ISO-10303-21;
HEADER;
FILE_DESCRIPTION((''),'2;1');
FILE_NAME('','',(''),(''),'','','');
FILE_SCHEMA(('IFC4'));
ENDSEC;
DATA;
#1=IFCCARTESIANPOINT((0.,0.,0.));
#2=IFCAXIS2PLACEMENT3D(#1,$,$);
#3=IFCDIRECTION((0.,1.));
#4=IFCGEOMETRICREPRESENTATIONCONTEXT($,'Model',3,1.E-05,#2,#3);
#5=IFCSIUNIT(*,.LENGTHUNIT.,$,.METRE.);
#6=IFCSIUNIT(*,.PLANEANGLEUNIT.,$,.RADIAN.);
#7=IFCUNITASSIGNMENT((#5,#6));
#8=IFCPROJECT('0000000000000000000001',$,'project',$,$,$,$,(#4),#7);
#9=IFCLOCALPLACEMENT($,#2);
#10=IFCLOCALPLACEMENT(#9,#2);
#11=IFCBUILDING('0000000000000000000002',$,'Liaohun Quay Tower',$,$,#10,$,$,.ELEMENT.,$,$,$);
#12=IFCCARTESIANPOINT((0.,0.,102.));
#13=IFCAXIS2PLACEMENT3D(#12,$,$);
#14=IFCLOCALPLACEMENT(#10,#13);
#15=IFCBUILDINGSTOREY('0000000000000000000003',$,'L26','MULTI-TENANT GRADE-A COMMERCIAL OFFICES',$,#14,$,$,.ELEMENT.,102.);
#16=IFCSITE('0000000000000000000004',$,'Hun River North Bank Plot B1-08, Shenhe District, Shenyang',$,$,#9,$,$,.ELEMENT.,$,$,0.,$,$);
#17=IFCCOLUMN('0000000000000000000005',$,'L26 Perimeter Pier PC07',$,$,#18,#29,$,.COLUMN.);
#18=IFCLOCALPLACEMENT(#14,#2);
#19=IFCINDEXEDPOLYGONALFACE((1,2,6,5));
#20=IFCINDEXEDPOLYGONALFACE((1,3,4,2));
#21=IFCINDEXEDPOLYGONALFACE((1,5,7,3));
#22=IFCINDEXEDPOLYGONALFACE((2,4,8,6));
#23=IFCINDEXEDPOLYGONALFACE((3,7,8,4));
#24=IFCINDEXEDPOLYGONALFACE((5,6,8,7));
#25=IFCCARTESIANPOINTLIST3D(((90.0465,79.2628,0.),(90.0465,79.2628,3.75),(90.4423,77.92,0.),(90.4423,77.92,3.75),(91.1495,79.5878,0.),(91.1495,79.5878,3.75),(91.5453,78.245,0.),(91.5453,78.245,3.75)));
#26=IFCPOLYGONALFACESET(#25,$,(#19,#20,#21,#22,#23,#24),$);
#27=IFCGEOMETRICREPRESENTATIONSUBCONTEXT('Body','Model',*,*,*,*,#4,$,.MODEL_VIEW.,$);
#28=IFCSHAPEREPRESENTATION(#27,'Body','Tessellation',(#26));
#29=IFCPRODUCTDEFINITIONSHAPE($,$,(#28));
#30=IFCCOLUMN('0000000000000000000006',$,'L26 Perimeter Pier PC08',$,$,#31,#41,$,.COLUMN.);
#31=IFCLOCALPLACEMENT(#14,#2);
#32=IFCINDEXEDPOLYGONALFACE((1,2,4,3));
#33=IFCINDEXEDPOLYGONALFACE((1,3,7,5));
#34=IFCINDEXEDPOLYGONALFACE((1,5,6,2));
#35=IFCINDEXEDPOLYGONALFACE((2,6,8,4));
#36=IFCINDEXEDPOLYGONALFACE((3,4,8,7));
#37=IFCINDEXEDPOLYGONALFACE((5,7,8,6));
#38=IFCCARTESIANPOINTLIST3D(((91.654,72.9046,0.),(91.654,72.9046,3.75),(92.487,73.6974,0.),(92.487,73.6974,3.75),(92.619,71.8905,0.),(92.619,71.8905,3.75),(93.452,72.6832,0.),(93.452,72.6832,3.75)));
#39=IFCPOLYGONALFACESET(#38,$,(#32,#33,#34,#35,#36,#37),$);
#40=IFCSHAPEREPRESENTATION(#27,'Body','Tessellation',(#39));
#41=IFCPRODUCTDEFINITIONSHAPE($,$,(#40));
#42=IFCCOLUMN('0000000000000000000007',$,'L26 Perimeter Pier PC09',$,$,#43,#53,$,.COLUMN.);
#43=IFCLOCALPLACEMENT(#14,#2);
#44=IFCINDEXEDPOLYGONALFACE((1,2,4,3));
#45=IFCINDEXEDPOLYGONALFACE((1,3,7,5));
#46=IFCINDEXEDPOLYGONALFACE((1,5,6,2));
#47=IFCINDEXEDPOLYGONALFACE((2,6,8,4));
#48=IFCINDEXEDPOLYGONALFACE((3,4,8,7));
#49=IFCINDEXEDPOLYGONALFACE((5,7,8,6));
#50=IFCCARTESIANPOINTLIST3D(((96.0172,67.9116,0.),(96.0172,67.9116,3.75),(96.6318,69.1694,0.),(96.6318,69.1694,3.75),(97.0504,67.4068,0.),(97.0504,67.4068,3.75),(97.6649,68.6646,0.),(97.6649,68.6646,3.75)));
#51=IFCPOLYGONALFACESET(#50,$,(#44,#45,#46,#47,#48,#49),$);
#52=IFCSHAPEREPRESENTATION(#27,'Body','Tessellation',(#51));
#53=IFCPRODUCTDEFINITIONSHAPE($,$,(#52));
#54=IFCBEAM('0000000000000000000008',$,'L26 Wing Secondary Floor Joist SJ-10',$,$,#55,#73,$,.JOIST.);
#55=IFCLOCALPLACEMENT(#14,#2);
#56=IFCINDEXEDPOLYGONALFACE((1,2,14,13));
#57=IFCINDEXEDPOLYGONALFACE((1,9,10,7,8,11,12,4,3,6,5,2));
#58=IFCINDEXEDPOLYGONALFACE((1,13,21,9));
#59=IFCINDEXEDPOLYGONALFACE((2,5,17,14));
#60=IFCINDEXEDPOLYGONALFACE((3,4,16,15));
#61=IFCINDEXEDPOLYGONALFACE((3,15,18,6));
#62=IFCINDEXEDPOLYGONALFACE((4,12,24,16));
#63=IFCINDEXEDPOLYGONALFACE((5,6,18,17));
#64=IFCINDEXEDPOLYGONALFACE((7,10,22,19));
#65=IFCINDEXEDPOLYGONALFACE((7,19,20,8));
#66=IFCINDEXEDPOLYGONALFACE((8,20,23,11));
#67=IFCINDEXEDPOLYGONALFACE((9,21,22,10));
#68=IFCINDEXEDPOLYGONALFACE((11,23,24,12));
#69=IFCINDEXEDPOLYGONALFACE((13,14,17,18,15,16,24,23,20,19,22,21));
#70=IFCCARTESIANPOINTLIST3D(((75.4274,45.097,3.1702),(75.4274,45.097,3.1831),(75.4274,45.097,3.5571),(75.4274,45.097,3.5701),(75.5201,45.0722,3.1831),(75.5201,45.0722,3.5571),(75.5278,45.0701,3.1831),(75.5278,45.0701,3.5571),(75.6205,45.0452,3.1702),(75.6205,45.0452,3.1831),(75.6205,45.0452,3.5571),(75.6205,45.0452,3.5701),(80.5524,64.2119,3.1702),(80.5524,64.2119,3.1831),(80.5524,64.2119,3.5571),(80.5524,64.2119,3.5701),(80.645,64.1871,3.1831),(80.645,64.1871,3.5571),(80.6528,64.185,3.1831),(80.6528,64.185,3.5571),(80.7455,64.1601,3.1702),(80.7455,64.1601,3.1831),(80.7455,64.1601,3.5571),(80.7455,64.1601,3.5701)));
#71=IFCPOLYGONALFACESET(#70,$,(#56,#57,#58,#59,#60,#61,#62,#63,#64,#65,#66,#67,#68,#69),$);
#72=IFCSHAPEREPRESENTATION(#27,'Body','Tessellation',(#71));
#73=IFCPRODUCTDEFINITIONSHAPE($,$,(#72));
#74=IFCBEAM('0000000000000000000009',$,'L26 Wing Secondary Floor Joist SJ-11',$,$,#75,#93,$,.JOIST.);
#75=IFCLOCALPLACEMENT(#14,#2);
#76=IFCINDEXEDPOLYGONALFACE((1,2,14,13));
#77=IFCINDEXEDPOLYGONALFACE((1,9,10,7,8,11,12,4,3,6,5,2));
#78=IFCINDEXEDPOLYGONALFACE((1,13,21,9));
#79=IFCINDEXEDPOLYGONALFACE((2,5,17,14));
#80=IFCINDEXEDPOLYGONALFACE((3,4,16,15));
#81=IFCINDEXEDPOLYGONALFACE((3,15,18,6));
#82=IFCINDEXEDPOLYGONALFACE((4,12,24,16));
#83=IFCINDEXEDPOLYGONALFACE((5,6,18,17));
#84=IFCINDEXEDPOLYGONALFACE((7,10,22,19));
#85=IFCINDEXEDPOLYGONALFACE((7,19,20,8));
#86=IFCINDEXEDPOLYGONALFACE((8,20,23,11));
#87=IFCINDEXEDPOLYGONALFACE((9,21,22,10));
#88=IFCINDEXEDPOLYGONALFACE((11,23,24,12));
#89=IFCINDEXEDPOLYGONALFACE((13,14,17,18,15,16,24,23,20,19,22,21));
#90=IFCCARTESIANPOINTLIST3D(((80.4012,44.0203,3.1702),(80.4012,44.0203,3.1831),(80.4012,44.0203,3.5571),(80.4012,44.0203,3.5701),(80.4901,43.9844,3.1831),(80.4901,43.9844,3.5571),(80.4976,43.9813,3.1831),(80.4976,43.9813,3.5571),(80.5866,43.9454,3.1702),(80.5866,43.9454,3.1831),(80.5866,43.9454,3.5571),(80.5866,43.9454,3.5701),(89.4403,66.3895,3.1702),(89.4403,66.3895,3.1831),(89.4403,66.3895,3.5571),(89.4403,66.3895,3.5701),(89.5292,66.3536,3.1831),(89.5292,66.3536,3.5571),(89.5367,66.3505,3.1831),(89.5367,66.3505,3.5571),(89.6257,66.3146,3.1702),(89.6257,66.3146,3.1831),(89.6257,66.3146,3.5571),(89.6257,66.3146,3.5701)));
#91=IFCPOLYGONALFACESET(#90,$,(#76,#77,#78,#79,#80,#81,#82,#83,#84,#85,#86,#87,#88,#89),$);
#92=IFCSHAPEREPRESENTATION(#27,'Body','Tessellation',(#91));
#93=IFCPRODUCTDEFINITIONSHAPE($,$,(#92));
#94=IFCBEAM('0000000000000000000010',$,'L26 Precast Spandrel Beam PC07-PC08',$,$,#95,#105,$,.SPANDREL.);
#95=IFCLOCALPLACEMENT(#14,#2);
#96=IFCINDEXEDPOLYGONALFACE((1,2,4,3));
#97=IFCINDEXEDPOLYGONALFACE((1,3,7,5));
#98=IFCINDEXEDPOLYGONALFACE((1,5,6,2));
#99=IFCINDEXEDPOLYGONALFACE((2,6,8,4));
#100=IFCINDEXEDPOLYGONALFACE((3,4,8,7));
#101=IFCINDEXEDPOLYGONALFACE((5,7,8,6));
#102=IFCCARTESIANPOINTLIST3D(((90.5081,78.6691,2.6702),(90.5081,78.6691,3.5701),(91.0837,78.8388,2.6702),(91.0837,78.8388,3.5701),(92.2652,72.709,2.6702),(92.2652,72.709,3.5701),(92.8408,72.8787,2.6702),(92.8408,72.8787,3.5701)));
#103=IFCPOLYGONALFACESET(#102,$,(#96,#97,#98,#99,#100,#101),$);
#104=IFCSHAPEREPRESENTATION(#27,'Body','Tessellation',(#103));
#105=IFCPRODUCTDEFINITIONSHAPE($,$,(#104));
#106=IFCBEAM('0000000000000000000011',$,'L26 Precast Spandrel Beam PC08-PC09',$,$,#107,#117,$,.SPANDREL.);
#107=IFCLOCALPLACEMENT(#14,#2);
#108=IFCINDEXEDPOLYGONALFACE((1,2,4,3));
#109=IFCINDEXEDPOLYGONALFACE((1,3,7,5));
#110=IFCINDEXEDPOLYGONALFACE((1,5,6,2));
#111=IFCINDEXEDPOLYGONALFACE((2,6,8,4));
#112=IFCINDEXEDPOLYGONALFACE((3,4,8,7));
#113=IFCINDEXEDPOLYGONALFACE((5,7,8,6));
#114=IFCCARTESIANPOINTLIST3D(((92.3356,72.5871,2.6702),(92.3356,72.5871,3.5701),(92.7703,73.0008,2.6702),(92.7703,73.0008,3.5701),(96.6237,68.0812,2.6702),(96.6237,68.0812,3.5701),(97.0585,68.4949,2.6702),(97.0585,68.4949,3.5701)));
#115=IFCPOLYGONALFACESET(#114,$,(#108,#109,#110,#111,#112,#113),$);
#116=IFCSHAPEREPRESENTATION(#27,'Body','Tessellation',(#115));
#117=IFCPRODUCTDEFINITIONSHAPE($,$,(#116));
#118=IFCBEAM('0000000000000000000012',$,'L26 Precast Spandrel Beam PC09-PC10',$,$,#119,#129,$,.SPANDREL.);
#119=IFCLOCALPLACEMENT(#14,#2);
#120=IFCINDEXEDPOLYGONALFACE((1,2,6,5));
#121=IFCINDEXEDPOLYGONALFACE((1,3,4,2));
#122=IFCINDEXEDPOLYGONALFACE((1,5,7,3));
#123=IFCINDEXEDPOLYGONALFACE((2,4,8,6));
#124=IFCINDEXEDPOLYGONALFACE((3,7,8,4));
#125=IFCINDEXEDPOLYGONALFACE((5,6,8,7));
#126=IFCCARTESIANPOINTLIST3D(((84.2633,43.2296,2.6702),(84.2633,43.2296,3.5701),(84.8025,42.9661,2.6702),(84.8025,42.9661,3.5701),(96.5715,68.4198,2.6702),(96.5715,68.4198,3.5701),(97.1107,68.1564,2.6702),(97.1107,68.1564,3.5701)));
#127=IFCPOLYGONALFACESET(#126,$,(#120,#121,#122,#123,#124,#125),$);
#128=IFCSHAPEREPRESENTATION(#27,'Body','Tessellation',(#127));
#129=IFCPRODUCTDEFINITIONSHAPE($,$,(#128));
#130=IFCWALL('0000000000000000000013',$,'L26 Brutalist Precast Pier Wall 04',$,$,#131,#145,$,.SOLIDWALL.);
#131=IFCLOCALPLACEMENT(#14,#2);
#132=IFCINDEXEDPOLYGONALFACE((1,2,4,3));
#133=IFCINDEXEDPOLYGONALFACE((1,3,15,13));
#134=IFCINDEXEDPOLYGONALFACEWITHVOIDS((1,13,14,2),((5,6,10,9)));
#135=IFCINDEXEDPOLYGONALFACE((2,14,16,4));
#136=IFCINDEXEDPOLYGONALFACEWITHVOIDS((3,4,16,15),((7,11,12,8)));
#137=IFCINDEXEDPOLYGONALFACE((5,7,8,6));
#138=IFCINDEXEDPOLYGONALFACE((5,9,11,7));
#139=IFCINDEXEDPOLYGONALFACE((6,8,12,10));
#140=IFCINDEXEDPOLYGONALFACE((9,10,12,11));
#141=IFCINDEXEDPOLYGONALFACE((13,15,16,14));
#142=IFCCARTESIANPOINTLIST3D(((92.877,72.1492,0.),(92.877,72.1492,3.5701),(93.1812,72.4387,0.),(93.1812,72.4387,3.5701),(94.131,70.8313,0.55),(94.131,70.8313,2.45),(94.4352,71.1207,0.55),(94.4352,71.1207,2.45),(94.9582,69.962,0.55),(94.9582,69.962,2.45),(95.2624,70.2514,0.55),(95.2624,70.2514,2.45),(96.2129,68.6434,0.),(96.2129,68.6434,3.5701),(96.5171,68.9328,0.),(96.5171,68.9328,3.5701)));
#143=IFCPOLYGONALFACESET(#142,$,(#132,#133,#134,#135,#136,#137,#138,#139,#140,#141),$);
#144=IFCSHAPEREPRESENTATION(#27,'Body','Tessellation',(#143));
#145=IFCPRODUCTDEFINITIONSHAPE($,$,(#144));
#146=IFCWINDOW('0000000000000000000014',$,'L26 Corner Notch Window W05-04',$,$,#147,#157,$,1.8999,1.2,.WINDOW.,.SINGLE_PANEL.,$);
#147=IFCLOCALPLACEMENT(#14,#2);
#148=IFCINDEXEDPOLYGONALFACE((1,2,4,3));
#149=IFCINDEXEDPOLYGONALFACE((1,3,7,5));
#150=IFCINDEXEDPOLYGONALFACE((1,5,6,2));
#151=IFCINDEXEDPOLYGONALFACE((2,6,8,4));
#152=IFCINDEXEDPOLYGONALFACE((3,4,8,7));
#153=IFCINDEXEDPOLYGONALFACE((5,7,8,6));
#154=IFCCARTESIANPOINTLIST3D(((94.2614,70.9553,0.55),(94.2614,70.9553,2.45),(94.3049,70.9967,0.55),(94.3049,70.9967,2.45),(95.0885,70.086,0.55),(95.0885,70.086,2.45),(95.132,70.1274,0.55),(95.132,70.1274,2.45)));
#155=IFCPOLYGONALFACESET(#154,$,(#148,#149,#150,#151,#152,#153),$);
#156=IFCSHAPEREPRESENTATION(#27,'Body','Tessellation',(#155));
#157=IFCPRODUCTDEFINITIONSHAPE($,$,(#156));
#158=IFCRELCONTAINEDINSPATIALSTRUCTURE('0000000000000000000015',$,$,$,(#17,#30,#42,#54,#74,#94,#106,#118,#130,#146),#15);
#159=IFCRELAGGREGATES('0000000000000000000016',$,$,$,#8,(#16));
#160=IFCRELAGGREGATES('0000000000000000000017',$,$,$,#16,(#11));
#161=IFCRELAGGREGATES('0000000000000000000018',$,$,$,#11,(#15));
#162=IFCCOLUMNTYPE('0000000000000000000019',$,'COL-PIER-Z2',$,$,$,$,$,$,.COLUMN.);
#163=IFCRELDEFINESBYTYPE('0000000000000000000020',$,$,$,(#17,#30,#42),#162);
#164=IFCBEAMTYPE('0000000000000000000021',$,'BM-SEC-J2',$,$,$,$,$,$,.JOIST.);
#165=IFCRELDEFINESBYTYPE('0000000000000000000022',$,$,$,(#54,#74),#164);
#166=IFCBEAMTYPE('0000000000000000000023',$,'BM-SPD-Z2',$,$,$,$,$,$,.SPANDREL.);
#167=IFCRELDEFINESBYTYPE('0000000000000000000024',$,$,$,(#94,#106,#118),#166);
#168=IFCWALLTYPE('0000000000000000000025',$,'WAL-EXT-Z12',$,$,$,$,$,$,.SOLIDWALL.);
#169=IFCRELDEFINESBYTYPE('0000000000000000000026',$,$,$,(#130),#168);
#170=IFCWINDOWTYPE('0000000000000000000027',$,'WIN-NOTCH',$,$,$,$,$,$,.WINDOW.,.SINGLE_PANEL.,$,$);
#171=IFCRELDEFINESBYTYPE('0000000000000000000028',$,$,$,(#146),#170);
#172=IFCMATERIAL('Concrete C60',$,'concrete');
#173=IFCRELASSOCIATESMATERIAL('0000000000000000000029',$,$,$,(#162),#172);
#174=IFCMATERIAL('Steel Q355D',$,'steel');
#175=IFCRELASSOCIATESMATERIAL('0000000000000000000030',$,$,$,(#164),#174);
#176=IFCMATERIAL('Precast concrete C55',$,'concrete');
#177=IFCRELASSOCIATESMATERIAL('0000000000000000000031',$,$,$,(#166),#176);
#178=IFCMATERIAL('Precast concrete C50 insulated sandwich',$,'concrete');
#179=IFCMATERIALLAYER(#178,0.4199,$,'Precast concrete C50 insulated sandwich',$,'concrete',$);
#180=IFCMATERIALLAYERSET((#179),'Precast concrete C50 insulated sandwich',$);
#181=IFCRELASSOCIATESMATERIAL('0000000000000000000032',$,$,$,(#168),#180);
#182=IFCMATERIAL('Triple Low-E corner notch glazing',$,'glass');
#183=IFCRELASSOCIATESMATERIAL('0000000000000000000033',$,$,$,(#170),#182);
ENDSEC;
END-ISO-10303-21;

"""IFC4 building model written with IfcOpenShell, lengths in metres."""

from ifc_helpers import new_model, si_unit, direction, frame, frame_2d, origin, origin_2d, place, context, subcontext, project, spatial, rectangle, i_section, extrude, source, transform, mapped, material, layer, layer_set, material_profile, profile_set, type_object, element, fill, save


model = new_model("IFC4")

# Units and contexts
model_context = context("Model", 3, precision=1e-05, world=origin(), true_north=direction((0.0, 1.0)))
body_context = subcontext(model_context, "Body", "Model", "MODEL_VIEW")
ifc_project = project(units=[si_unit("LENGTHUNIT", "METRE"), si_unit("PLANEANGLEUNIT", "RADIAN")], contexts=[model_context])

# Site, building, storey
site_placement = place(None, origin())
site = spatial("IfcSite", under=ifc_project, at=site_placement, Name="Hun River North Bank Plot B1-08, Shenhe District, Shenyang", CompositionType="ELEMENT", RefElevation=0.0)
building_placement = place(site_placement, origin())
building = spatial("IfcBuilding", under=site, at=building_placement, Name="Liaohun Quay Tower", CompositionType="ELEMENT")
storey_placement = place(building_placement, frame((0.0, 0.0, 102.0)))
storey = spatial("IfcBuildingStorey", under=building, at=storey_placement, Name="L26", Description="MULTI-TENANT GRADE-A COMMERCIAL OFFICES", CompositionType="ELEMENT", Elevation=102.0)

# Columns
ifc_material_1 = material(Name="Concrete C60", Category="concrete")
ifc_material_profile_1 = material_profile(ifc_material_1, rectangle(XDim=1.3999, YDim=1.1499, at=origin_2d()), Name="RC1400x1150")
ifc_profile_set_1 = profile_set([ifc_material_profile_1], Name="Concrete C60")
column_type = type_object("IfcColumnType", Name="COL-PIER-Z2", PredefinedType="COLUMN", material=ifc_profile_set_1)
shared_shape_1 = source(origin(), body_context, "Body", "SweptSolid", [
    extrude(rectangle(XDim=1.3999, YDim=1.1499, at=origin_2d()), origin(), (0.0, 0.0, 1.0), 3.75),
])
for number, where, z_axis, x_axis, name in (
    (1, (90.7959, 78.7539, 0.0), (0.0, 0.0, 1.0), (-0.282676, 0.959215, 0.0), "L26 Perimeter Pier PC07"),
    (2, (92.553, 72.7939, 0.0), (0.0, 0.0, 1.0), (-0.689367, 0.724413, 0.0), "L26 Perimeter Pier PC08"),
    (3, (96.8411, 68.2881, 0.0), (0.0, 0.0, 1.0), (0.438999, 0.898488, 0.0), "L26 Perimeter Pier PC09"),
):
    element("IfcColumn", number, at=place(storey_placement, frame(where, z_axis=z_axis, x_axis=x_axis)), inside=storey, type_object=column_type, Name=name, PredefinedType="COLUMN", context=body_context, shape_type="MappedRepresentation", body=[
        mapped(shared_shape_1, transform((0.0, 0.0, 0.0), x_axis=(1.0, 0.0, 0.0), y_axis=(0.0, 1.0, 0.0), z_axis=(0.0, 0.0, 1.0), scale=1.0)),
    ])

# Beams
ifc_material_2 = material(Name="Steel Q355D", Category="steel")
ifc_material_profile_2 = material_profile(ifc_material_2, i_section(OverallWidth=0.2, OverallDepth=0.3999, WebThickness=0.0081, FlangeThickness=0.0129, at=origin_2d()), Name="HN400x200x8x13")
ifc_profile_set_2 = profile_set([ifc_material_profile_2], Name="Steel Q355D")
beam_type_1 = type_object("IfcBeamType", Name="BM-SEC-J2", PredefinedType="JOIST", material=ifc_profile_set_2)
shared_shape_2 = source(origin(), body_context, "Body", "SweptSolid", [
    extrude(i_section(OverallWidth=0.2, OverallDepth=0.3999, WebThickness=0.0081, FlangeThickness=0.0129, at=origin_2d()), origin(), (0.0, 0.0, 1.0), 19.79),
])
beam_1_placement = place(storey_placement, frame((80.6489, 64.186, 3.3701), z_axis=(-0.258968, -0.965886, 0.0), x_axis=(0.965886, -0.258968, 0.0)))
element("IfcBeam", 4, at=beam_1_placement, inside=storey, type_object=beam_type_1, Name="L26 Wing Secondary Floor Joist SJ-10", PredefinedType="JOIST", context=body_context, shape_type="MappedRepresentation", body=[
    mapped(shared_shape_2, transform((0.0, 0.0, 0.0), x_axis=(1.0, 0.0, 0.0), y_axis=(0.0, 1.0, 0.0), z_axis=(0.0, 0.0, 1.0), scale=1.0)),
])
shared_shape_3 = source(origin(), body_context, "Body", "SweptSolid", [
    extrude(i_section(OverallWidth=0.2, OverallDepth=0.3999, WebThickness=0.0081, FlangeThickness=0.0129, at=origin_2d()), origin(), (0.0, 0.0, 1.0), 24.1265),
])
beam_2_placement = place(storey_placement, frame((89.533, 66.3521, 3.3701), z_axis=(-0.374654, -0.927165, 0.0), x_axis=(0.927165, -0.374654, 0.0)))
element("IfcBeam", 5, at=beam_2_placement, inside=storey, type_object=beam_type_1, Name="L26 Wing Secondary Floor Joist SJ-11", PredefinedType="JOIST", context=body_context, shape_type="MappedRepresentation", body=[
    mapped(shared_shape_3, transform((0.0, 0.0, 0.0), x_axis=(1.0, 0.0, 0.0), y_axis=(0.0, 1.0, 0.0), z_axis=(0.0, 0.0, 1.0), scale=1.0)),
])
ifc_material_3 = material(Name="Precast concrete C55", Category="concrete")
ifc_material_profile_3 = material_profile(ifc_material_3, rectangle(XDim=0.6001, YDim=0.8999, at=origin_2d()), Name="RC600x900")
ifc_profile_set_3 = profile_set([ifc_material_profile_3], Name="Precast concrete C55")
beam_type_2 = type_object("IfcBeamType", Name="BM-SPD-Z2", PredefinedType="SPANDREL", material=ifc_profile_set_3)
shared_shape_4 = source(origin(), body_context, "Body", "SweptSolid", [
    extrude(rectangle(XDim=0.6001, YDim=0.8999, at=origin_2d()), origin(), (0.0, 0.0, 1.0), 6.2136),
])
beam_3_placement = place(storey_placement, frame((90.7959, 78.7539, 3.1201), z_axis=(0.282781, -0.959184, 0.0), x_axis=(0.959184, 0.282781, 0.0)))
element("IfcBeam", 6, at=beam_3_placement, inside=storey, type_object=beam_type_2, Name="L26 Precast Spandrel Beam PC07-PC08", PredefinedType="SPANDREL", context=body_context, shape_type="MappedRepresentation", body=[
    mapped(shared_shape_4, transform((0.0, 0.0, 0.0), x_axis=(1.0, 0.0, 0.0), y_axis=(0.0, 1.0, 0.0), z_axis=(0.0, 0.0, 1.0), scale=1.0)),
])
shared_shape_5 = source(origin(), body_context, "Body", "SweptSolid", [
    extrude(rectangle(XDim=0.6001, YDim=0.8999, at=origin_2d()), origin(), (0.0, 0.0, 1.0), 6.2202),
])
beam_4_placement = place(storey_placement, frame((92.553, 72.7939, 3.1201), z_axis=(0.689385, -0.724396, 0.0), x_axis=(0.724396, 0.689385, 0.0)))
element("IfcBeam", 7, at=beam_4_placement, inside=storey, type_object=beam_type_2, Name="L26 Precast Spandrel Beam PC08-PC09", PredefinedType="SPANDREL", context=body_context, shape_type="MappedRepresentation", body=[
    mapped(shared_shape_5, transform((0.0, 0.0, 0.0), x_axis=(1.0, 0.0, 0.0), y_axis=(0.0, 1.0, 0.0), z_axis=(0.0, 0.0, 1.0), scale=1.0)),
])
shared_shape_6 = source(origin(), body_context, "Body", "SweptSolid", [
    extrude(rectangle(XDim=0.6001, YDim=0.8999, at=origin_2d()), origin(), (0.0, 0.0, 1.0), 28.0364),
])
beam_5_placement = place(storey_placement, frame((96.8411, 68.2881, 3.1201), z_axis=(-0.439006, -0.898484, 0.0), x_axis=(0.898484, -0.439006, 0.0)))
element("IfcBeam", 8, at=beam_5_placement, inside=storey, type_object=beam_type_2, Name="L26 Precast Spandrel Beam PC09-PC10", PredefinedType="SPANDREL", context=body_context, shape_type="MappedRepresentation", body=[
    mapped(shared_shape_6, transform((0.0, 0.0, 0.0), x_axis=(1.0, 0.0, 0.0), y_axis=(0.0, 1.0, 0.0), z_axis=(0.0, 0.0, 1.0), scale=1.0)),
])

# Wall, opening, window
ifc_material_4 = material(Name="Precast concrete C50 insulated sandwich", Category="concrete")
ifc_layer_1 = layer(ifc_material_4, 0.4199, Name="Precast concrete C50 insulated sandwich", Category="concrete")
ifc_layer_set_1 = layer_set([ifc_layer_1], Name="Precast concrete C50 insulated sandwich")
wall_type_1 = type_object("IfcWallType", Name="WAL-EXT-Z12", PredefinedType="SOLIDWALL", material=ifc_layer_set_1)
wall_1_placement = place(storey_placement, frame((96.365, 68.7881, 0.0), z_axis=(0.0, 0.0, 1.0), x_axis=(-0.689333, 0.724445, 0.0)))
wall_1 = element("IfcWall", 9, at=wall_1_placement, inside=storey, type_object=wall_type_1, Name="L26 Brutalist Precast Pier Wall 04", PredefinedType="SOLIDWALL", context=body_context, shape_type="SweptSolid", body=[
    extrude(rectangle(XDim=4.8394, YDim=0.4199, at=frame_2d((2.4197, 0.0))), origin(), (0.0, 0.0, 1.0), 3.5701),
])
shared_shape_7 = source(origin(), body_context, "Body", "SweptSolid", [
    extrude(rectangle(XDim=1.2, YDim=1.8999, at=frame_2d((0.6001, 0.95))), frame((0.0, 0.22, 0.0), z_axis=(0.0, -1.0, 0.0), x_axis=(1.0, 0.0, 0.0)), (0.0, 0.0, 1.0), 0.4399),
])
opening_1_placement = place(wall_1_placement, frame((1.8201, 0.0, 0.55)))
opening_1 = element("IfcOpeningElement", 10, at=opening_1_placement, cuts=wall_1, PredefinedType="OPENING", context=body_context, shape_type="MappedRepresentation", body=[
    mapped(shared_shape_7, transform((0.0, 0.0, 0.0), x_axis=(1.0, 0.0, 0.0), y_axis=(0.0, 1.0, 0.0), z_axis=(0.0, 0.0, 1.0), scale=1.0)),
])
ifc_material_5 = material(Name="Triple Low-E corner notch glazing", Category="glass")
window_type_1 = type_object("IfcWindowType", Name="WIN-NOTCH", PartitioningType="SINGLE_PANEL", PredefinedType="WINDOW", material=ifc_material_5)
shared_shape_8 = source(origin(), body_context, "Body", "SweptSolid", [
    extrude(rectangle(XDim=1.2, YDim=1.8999, at=frame_2d((0.6001, 0.95))), frame((0.0, 0.03, 0.0), z_axis=(0.0, -1.0, 0.0), x_axis=(1.0, 0.0, 0.0)), (0.0, 0.0, 1.0), 0.0601),
])
window_1_placement = place(opening_1_placement, origin())
window_1 = element("IfcWindow", 11, at=window_1_placement, inside=storey, type_object=window_type_1, Name="L26 Corner Notch Window W05-04", OverallHeight=1.8999, OverallWidth=1.2, PartitioningType="SINGLE_PANEL", PredefinedType="WINDOW", context=body_context, shape_type="MappedRepresentation", body=[
    mapped(shared_shape_8, transform((0.0, 0.0, 0.0), x_axis=(1.0, 0.0, 0.0), y_axis=(0.0, 1.0, 0.0), z_axis=(0.0, 0.0, 1.0), scale=1.0)),
])
fill(opening_1, window_1)

save(model, "model.ifc")
